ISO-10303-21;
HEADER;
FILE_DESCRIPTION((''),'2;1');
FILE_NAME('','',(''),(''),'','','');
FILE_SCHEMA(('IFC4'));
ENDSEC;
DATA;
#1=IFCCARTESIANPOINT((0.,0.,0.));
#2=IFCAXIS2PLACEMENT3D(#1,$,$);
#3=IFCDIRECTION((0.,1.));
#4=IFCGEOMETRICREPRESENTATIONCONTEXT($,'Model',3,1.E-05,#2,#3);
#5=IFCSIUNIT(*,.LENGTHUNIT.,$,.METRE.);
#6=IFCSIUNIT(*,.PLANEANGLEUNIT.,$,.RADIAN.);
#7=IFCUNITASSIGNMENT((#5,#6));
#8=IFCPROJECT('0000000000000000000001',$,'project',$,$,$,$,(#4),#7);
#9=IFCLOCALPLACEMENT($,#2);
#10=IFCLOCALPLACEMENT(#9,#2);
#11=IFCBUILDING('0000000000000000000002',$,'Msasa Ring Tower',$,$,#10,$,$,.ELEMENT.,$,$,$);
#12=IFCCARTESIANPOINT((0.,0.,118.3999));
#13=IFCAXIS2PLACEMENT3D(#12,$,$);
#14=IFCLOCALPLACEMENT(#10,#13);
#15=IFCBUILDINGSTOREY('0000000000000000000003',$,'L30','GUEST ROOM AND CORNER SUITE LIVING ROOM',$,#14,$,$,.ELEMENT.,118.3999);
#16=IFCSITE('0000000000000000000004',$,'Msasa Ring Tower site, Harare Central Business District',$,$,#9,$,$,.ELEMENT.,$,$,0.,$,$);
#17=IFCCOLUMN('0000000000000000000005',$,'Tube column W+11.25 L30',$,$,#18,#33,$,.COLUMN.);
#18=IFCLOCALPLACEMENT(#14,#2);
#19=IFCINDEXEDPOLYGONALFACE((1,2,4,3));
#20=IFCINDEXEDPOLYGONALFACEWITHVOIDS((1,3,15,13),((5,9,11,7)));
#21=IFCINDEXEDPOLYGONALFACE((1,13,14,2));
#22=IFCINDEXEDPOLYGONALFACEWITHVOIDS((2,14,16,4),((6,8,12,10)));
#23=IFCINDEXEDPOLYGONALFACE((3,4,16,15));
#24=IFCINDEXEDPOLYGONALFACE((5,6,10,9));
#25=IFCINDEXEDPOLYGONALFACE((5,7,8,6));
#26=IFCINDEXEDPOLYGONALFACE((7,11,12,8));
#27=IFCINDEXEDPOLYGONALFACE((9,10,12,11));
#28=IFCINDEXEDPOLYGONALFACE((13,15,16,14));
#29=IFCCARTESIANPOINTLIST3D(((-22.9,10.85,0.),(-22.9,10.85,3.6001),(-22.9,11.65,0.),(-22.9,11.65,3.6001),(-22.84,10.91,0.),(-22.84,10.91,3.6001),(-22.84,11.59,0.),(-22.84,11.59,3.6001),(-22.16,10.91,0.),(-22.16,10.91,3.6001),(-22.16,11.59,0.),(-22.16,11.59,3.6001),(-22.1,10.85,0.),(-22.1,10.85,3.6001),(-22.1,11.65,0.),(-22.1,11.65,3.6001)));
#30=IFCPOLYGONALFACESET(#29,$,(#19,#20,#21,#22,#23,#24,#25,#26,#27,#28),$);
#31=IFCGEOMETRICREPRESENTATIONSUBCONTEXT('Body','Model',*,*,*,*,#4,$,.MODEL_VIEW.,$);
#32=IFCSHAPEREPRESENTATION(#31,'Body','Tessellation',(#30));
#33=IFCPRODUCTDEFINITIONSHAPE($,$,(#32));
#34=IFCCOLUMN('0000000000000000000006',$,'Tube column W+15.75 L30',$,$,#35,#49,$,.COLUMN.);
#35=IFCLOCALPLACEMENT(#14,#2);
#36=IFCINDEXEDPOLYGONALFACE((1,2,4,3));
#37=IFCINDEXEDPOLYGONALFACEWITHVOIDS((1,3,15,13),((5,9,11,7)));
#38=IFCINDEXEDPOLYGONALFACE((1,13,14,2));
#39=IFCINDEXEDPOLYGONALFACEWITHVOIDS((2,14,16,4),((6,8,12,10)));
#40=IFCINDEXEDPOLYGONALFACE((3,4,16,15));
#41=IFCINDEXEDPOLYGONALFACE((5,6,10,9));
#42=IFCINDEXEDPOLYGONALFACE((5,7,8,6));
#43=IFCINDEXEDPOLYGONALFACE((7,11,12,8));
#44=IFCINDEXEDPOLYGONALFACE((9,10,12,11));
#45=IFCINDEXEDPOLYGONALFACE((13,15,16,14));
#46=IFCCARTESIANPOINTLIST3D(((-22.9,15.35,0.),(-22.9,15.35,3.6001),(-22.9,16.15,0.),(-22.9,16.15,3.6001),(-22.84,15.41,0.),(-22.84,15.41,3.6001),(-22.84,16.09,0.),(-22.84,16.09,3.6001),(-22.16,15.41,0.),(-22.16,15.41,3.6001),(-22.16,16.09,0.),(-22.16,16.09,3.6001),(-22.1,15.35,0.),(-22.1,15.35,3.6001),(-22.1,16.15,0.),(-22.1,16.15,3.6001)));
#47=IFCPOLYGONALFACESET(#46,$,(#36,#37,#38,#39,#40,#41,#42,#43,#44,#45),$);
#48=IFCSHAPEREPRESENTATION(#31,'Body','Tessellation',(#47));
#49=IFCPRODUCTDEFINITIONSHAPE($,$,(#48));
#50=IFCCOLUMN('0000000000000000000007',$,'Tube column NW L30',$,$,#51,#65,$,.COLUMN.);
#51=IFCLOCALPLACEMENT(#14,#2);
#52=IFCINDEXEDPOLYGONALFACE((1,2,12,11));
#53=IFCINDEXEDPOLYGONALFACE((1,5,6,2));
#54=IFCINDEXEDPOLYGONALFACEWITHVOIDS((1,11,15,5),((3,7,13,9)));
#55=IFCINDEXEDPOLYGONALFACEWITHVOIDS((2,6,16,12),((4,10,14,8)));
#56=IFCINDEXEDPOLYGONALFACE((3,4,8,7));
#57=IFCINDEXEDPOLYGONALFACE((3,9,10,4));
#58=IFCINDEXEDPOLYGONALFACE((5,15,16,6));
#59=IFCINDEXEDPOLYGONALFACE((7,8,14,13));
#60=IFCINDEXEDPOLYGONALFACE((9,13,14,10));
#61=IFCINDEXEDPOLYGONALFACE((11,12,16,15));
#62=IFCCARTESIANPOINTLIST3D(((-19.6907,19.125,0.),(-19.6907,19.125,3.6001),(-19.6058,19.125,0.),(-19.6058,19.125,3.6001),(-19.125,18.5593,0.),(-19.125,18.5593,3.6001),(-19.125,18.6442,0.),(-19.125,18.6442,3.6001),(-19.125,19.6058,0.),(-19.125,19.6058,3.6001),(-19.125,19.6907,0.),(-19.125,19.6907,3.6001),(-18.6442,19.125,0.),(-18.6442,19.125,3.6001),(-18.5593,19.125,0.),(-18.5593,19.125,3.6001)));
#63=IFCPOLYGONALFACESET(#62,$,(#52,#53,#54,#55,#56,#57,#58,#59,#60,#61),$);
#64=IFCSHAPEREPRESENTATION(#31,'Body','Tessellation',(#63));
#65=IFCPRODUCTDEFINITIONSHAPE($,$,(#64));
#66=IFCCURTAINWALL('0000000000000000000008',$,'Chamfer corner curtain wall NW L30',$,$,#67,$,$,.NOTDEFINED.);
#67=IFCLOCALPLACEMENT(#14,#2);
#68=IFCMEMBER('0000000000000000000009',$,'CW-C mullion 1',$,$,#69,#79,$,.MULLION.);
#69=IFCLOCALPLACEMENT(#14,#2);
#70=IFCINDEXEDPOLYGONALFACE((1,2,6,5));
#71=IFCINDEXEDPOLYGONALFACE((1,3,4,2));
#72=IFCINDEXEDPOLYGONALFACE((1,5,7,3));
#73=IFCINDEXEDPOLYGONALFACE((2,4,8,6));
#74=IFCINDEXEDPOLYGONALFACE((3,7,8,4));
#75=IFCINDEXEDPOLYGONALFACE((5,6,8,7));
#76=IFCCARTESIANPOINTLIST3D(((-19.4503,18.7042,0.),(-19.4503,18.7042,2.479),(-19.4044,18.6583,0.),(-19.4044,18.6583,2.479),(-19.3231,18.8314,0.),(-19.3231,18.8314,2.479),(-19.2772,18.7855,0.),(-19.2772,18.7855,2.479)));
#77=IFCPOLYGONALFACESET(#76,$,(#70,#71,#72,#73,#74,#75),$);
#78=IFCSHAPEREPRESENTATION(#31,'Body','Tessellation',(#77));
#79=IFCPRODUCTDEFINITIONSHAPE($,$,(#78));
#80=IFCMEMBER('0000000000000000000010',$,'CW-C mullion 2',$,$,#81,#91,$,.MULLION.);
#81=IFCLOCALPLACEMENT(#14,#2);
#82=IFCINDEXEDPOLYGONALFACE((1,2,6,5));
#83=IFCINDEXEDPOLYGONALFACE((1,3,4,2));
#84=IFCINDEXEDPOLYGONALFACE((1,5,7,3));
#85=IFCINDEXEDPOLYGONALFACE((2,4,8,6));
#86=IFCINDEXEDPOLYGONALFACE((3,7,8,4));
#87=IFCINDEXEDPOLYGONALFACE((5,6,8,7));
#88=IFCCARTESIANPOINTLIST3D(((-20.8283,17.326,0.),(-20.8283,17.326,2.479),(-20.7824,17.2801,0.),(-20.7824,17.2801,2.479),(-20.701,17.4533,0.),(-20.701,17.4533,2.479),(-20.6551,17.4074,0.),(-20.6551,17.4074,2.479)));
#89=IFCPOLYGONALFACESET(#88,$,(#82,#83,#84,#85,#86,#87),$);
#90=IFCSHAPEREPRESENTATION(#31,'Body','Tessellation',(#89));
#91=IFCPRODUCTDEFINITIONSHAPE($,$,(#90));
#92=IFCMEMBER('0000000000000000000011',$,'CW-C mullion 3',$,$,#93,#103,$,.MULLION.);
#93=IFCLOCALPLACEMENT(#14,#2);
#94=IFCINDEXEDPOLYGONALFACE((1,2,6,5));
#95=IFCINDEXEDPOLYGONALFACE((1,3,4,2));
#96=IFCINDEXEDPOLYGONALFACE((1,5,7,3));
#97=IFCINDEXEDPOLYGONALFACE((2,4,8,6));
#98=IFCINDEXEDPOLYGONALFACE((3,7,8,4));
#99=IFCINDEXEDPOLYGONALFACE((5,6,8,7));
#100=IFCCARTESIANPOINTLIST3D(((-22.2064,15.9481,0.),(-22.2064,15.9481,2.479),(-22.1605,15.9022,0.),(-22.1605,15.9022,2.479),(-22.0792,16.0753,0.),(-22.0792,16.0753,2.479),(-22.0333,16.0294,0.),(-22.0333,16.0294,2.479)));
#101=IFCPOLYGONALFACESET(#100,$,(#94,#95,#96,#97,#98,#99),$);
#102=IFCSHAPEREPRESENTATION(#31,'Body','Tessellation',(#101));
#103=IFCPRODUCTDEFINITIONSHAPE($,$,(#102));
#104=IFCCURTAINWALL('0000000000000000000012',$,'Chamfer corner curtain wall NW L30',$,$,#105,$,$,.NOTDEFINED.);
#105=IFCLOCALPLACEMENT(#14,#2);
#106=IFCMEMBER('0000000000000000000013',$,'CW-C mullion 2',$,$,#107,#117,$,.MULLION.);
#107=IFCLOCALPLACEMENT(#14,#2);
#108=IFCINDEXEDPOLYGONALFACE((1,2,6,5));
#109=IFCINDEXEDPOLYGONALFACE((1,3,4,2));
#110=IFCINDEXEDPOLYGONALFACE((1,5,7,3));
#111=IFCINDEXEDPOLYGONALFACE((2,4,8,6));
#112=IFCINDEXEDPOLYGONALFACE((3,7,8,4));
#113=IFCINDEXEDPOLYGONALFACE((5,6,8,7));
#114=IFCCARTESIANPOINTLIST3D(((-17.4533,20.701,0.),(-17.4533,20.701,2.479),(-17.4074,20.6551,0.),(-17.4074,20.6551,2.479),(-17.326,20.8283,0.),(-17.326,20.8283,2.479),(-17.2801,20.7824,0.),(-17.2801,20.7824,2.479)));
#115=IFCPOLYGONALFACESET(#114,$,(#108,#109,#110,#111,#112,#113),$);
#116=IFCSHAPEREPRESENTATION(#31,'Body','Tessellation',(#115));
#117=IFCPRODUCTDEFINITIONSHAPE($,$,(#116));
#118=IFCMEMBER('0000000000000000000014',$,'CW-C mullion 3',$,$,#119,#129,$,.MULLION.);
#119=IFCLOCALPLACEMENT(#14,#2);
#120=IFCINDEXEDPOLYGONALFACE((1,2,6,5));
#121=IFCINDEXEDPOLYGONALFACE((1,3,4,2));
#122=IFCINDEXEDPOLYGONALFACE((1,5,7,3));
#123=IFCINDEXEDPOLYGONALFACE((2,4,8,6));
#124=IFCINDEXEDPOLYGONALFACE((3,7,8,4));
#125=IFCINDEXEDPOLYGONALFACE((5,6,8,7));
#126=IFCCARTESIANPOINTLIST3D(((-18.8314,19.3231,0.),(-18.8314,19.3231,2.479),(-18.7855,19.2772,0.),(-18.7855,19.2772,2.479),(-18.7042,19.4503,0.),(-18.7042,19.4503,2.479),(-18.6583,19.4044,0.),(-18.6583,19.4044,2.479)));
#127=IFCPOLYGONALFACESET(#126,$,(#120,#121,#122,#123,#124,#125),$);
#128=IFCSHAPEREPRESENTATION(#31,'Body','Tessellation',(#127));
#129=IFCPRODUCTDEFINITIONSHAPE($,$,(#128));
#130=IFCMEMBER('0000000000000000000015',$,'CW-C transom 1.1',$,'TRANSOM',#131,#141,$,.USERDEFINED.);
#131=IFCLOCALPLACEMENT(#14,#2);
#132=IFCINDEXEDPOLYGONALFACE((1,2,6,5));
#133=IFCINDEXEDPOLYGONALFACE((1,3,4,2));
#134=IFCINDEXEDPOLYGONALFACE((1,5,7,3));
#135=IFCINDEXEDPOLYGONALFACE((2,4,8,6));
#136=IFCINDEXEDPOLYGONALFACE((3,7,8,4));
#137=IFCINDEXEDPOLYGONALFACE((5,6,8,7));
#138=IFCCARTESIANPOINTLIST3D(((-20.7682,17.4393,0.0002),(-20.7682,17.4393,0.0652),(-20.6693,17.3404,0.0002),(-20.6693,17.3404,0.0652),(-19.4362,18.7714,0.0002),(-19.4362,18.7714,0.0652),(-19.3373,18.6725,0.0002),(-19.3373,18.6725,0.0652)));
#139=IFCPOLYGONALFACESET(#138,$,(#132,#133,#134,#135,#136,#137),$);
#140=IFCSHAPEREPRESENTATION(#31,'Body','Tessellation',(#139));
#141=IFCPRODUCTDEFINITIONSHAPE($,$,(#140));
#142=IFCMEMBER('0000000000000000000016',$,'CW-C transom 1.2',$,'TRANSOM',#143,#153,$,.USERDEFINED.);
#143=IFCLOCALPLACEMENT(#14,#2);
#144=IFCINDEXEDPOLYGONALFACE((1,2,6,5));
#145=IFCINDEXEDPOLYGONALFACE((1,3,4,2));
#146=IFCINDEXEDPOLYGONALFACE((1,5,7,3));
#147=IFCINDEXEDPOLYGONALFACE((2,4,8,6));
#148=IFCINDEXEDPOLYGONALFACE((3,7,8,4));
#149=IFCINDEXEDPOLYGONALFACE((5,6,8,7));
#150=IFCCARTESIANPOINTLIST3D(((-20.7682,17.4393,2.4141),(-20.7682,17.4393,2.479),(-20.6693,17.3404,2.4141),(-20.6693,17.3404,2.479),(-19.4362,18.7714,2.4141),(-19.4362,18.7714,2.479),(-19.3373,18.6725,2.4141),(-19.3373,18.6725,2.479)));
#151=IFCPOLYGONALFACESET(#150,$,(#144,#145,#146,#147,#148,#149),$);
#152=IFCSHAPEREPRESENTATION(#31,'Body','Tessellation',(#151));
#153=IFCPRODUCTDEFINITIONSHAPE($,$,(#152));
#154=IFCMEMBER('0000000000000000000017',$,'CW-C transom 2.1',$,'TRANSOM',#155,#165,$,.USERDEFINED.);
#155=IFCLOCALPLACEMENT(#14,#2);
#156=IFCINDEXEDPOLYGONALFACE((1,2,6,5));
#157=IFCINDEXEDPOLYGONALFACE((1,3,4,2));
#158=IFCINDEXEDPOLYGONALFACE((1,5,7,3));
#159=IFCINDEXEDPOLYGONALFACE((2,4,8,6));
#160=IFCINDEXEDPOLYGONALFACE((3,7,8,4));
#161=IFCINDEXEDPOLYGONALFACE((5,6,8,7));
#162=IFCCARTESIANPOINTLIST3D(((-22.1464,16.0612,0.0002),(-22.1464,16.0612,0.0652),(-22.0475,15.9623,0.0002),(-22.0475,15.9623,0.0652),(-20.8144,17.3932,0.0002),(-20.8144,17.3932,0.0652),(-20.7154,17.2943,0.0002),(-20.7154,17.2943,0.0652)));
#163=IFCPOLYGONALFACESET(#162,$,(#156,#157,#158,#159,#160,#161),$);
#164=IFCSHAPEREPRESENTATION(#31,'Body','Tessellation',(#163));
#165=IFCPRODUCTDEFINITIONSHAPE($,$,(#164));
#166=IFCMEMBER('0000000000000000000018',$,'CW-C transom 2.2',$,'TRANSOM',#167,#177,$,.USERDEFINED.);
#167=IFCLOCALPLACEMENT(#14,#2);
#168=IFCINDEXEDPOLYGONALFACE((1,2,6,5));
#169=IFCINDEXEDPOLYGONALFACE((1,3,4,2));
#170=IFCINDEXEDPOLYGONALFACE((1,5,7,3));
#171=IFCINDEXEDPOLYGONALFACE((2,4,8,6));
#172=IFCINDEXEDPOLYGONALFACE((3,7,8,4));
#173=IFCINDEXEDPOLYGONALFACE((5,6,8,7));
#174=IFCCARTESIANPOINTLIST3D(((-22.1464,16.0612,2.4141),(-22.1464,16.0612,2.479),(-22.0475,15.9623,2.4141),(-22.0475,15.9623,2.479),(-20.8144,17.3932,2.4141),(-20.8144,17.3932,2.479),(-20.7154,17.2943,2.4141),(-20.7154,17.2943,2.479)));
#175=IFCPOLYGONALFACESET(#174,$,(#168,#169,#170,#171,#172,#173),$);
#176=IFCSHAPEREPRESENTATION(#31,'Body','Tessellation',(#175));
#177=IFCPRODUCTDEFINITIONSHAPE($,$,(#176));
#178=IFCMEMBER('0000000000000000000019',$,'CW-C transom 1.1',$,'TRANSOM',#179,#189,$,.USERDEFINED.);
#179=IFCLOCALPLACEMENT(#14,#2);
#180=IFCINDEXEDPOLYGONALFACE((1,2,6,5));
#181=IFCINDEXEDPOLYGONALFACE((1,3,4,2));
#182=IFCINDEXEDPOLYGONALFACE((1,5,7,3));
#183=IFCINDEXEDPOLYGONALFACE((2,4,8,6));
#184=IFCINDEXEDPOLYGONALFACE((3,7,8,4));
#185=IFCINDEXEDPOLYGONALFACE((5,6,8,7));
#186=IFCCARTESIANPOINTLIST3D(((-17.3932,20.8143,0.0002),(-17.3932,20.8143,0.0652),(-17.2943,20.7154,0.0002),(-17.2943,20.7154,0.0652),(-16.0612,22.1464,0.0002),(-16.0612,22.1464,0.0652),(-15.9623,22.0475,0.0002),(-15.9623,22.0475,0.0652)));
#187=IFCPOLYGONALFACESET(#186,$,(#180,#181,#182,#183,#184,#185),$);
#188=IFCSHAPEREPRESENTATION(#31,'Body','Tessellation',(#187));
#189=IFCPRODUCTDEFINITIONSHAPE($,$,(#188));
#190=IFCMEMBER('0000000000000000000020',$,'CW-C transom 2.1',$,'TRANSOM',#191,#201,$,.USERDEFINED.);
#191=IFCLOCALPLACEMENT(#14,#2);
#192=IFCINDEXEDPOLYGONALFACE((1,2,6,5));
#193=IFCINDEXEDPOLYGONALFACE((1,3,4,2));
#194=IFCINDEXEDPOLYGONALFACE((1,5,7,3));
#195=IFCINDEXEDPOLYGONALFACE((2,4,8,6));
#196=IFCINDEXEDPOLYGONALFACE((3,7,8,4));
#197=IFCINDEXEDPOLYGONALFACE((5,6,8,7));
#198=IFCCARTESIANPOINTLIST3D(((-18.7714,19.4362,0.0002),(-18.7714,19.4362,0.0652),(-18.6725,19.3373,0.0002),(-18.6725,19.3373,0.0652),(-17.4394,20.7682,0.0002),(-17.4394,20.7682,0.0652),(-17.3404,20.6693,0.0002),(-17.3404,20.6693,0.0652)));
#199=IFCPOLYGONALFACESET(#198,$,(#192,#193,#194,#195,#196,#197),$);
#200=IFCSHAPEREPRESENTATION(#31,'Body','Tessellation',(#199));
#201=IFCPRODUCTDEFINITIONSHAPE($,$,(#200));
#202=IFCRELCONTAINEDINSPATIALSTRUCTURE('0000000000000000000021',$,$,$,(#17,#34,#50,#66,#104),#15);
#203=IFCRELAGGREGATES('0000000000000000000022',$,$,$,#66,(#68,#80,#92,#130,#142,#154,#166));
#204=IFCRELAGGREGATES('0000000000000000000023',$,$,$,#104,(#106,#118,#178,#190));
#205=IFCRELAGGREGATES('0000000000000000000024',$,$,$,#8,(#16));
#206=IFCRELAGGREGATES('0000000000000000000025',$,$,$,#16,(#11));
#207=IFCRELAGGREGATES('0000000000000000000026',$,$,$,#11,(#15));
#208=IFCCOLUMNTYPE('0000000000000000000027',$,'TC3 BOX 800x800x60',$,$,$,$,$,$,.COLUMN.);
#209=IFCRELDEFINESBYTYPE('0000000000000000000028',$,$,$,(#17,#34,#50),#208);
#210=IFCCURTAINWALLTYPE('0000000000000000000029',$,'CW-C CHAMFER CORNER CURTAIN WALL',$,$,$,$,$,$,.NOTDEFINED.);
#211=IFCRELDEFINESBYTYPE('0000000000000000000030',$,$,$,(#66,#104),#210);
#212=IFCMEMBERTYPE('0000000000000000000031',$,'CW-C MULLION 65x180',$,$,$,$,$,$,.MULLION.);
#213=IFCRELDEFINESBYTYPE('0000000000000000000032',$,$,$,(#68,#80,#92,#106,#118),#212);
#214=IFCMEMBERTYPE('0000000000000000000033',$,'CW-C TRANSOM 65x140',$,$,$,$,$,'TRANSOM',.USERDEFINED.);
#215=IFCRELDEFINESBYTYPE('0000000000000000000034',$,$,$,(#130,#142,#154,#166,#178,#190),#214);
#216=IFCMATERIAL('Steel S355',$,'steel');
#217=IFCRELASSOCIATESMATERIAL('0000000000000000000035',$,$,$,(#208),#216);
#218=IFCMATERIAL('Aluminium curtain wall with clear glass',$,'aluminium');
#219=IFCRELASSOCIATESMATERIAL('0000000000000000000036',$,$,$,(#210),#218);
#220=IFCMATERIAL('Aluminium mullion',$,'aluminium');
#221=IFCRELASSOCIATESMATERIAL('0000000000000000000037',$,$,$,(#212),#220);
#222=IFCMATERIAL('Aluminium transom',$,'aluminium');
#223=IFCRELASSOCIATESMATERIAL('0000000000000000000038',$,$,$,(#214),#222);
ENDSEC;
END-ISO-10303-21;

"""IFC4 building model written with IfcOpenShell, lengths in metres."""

from ifc_helpers import new_model, si_unit, direction, frame, origin, origin_2d, place, context, subcontext, project, spatial, rectangle, hollow_rectangle, extrude, material, material_profile, profile_set, type_object, element, aggregate, save


model = new_model("IFC4")

# Units and contexts
model_context = context("Model", 3, precision=1e-05, world=origin(), true_north=direction((0.0, 1.0)))
body_context = subcontext(model_context, "Body", "Model", "MODEL_VIEW")
ifc_project = project(units=[si_unit("LENGTHUNIT", "METRE"), si_unit("PLANEANGLEUNIT", "RADIAN")], contexts=[model_context])

# Site, building, storey
site_placement = place(None, origin())
site = spatial("IfcSite", under=ifc_project, at=site_placement, Name="Msasa Ring Tower site, Harare Central Business District", CompositionType="ELEMENT", RefElevation=0.0)
building_placement = place(site_placement, origin())
building = spatial("IfcBuilding", under=site, at=building_placement, Name="Msasa Ring Tower", CompositionType="ELEMENT")
storey_placement = place(building_placement, frame((0.0, 0.0, 118.3999)))
storey = spatial("IfcBuildingStorey", under=building, at=storey_placement, Name="L30", Description="GUEST ROOM AND CORNER SUITE LIVING ROOM", CompositionType="ELEMENT", Elevation=118.3999)

# Columns
ifc_material_1 = material(Name="Steel S355", Category="steel")
ifc_material_profile_1 = material_profile(ifc_material_1, hollow_rectangle(XDim=0.8, YDim=0.8, WallThickness=0.0601, at=origin_2d()), Name="BOX 800x800x60")
ifc_profile_set_1 = profile_set([ifc_material_profile_1], Name="Steel S355")
column_type = type_object("IfcColumnType", Name="TC3 BOX 800x800x60", PredefinedType="COLUMN", material=ifc_profile_set_1)
for number, where, z_axis, x_axis, name in (
    (1, (-22.5, 11.25, 0.0), (0.0, 0.0, 1.0), (1.0, 0.0, 0.0), "Tube column W+11.25 L30"),
    (2, (-22.5, 15.75, 0.0), (0.0, 0.0, 1.0), (1.0, 0.0, 0.0), "Tube column W+15.75 L30"),
    (3, (-19.125, 19.125, 0.0), (0.0, 0.0, 1.0), (0.707107, -0.707107, 0.0), "Tube column NW L30"),
):
    element("IfcColumn", number, at=place(storey_placement, frame(where, z_axis=z_axis, x_axis=x_axis)), inside=storey, type_object=column_type, Name=name, PredefinedType="COLUMN", context=body_context, shape_type="SweptSolid", body=[
        extrude(hollow_rectangle(XDim=0.8, YDim=0.8, WallThickness=0.0601, at=origin_2d()), origin(), (0.0, 0.0, 1.0), 3.6001),
    ])

# Curtain walls, members
ifc_material_2 = material(Name="Aluminium curtain wall with clear glass", Category="aluminium")
curtain_wall_type = type_object("IfcCurtainWallType", Name="CW-C CHAMFER CORNER CURTAIN WALL", PredefinedType="NOTDEFINED", material=ifc_material_2)
curtain_wall_1_placement = place(storey_placement, origin())
curtain_wall_1 = element("IfcCurtainWall", 4, at=curtain_wall_1_placement, inside=storey, type_object=curtain_wall_type, Name="Chamfer corner curtain wall NW L30", PredefinedType="NOTDEFINED")
ifc_material_3 = material(Name="Aluminium mullion", Category="aluminium")
ifc_material_profile_2 = material_profile(ifc_material_3, rectangle(XDim=0.0649, YDim=0.1799, at=origin_2d()), Name="AL 65x180")
ifc_profile_set_2 = profile_set([ifc_material_profile_2], Name="Aluminium mullion")
member_type_1 = type_object("IfcMemberType", Name="CW-C MULLION 65x180", PredefinedType="MULLION", material=ifc_profile_set_2)
member_1_placement = place(storey_placement, frame((-19.3638, 18.7449, 0.0), z_axis=(0.0, 0.0, 1.0), x_axis=(0.707107, -0.707107, 0.0)))
member_1 = element("IfcMember", 5, at=member_1_placement, type_object=member_type_1, Name="CW-C mullion 1", PredefinedType="MULLION", context=body_context, shape_type="SweptSolid", body=[
    extrude(rectangle(XDim=0.0649, YDim=0.1799, at=origin_2d()), origin(), (0.0, 0.0, 1.0), 2.479),
])
member_2_placement = place(storey_placement, frame((-20.7417, 17.3667, 0.0), z_axis=(0.0, 0.0, 1.0), x_axis=(0.707107, -0.707107, 0.0)))
member_2 = element("IfcMember", 6, at=member_2_placement, type_object=member_type_1, Name="CW-C mullion 2", PredefinedType="MULLION", context=body_context, shape_type="SweptSolid", body=[
    extrude(rectangle(XDim=0.0649, YDim=0.1799, at=origin_2d()), origin(), (0.0, 0.0, 1.0), 2.479),
])
member_3_placement = place(storey_placement, frame((-22.1199, 15.9888, 0.0), z_axis=(0.0, 0.0, 1.0), x_axis=(0.707107, -0.707107, 0.0)))
member_3 = element("IfcMember", 7, at=member_3_placement, type_object=member_type_1, Name="CW-C mullion 3", PredefinedType="MULLION", context=body_context, shape_type="SweptSolid", body=[
    extrude(rectangle(XDim=0.0649, YDim=0.1799, at=origin_2d()), origin(), (0.0, 0.0, 1.0), 2.479),
])
curtain_wall_2_placement = place(storey_placement, origin())
curtain_wall_2 = element("IfcCurtainWall", 8, at=curtain_wall_2_placement, inside=storey, type_object=curtain_wall_type, Name="Chamfer corner curtain wall NW L30", PredefinedType="NOTDEFINED")
member_4_placement = place(storey_placement, frame((-17.3667, 20.7417, 0.0), z_axis=(0.0, 0.0, 1.0), x_axis=(0.707107, -0.707107, 0.0)))
member_4 = element("IfcMember", 9, at=member_4_placement, type_object=member_type_1, Name="CW-C mullion 2", PredefinedType="MULLION", context=body_context, shape_type="SweptSolid", body=[
    extrude(rectangle(XDim=0.0649, YDim=0.1799, at=origin_2d()), origin(), (0.0, 0.0, 1.0), 2.479),
])
member_5_placement = place(storey_placement, frame((-18.7449, 19.3638, 0.0), z_axis=(0.0, 0.0, 1.0), x_axis=(0.707107, -0.707107, 0.0)))
member_5 = element("IfcMember", 10, at=member_5_placement, type_object=member_type_1, Name="CW-C mullion 3", PredefinedType="MULLION", context=body_context, shape_type="SweptSolid", body=[
    extrude(rectangle(XDim=0.0649, YDim=0.1799, at=origin_2d()), origin(), (0.0, 0.0, 1.0), 2.479),
])

# Members
ifc_material_4 = material(Name="Aluminium transom", Category="aluminium")
ifc_material_profile_3 = material_profile(ifc_material_4, rectangle(XDim=0.1399, YDim=0.0649, at=origin_2d()), Name="AL 65x140")
ifc_profile_set_3 = profile_set([ifc_material_profile_3], Name="Aluminium transom")
member_type_2 = type_object("IfcMemberType", Name="CW-C TRANSOM 65x140", ElementType="TRANSOM", PredefinedType="USERDEFINED", material=ifc_profile_set_3)
member_6_placement = place(storey_placement, frame((-19.3867, 18.7219, 0.0327), z_axis=(-0.707107, -0.707107, 0.0), x_axis=(0.707107, -0.707107, 0.0)))
member_6 = element("IfcMember", 11, at=member_6_placement, type_object=member_type_2, Name="CW-C transom 1.1", ObjectType="TRANSOM", PredefinedType="USERDEFINED", context=body_context, shape_type="SweptSolid", body=[
    extrude(rectangle(XDim=0.1399, YDim=0.0649, at=origin_2d()), origin(), (0.0, 0.0, 1.0), 1.8838),
])
member_7_placement = place(storey_placement, frame((-19.3867, 18.7219, 2.4465), z_axis=(-0.707107, -0.707107, 0.0), x_axis=(0.707107, -0.707107, 0.0)))
member_7 = element("IfcMember", 12, at=member_7_placement, type_object=member_type_2, Name="CW-C transom 1.2", ObjectType="TRANSOM", PredefinedType="USERDEFINED", context=body_context, shape_type="SweptSolid", body=[
    extrude(rectangle(XDim=0.1399, YDim=0.0649, at=origin_2d()), origin(), (0.0, 0.0, 1.0), 1.8838),
])
member_8_placement = place(storey_placement, frame((-20.7649, 17.3438, 0.0327), z_axis=(-0.707107, -0.707107, 0.0), x_axis=(0.707107, -0.707107, 0.0)))
member_8 = element("IfcMember", 13, at=member_8_placement, type_object=member_type_2, Name="CW-C transom 2.1", ObjectType="TRANSOM", PredefinedType="USERDEFINED", context=body_context, shape_type="SweptSolid", body=[
    extrude(rectangle(XDim=0.1399, YDim=0.0649, at=origin_2d()), origin(), (0.0, 0.0, 1.0), 1.8838),
])
member_9_placement = place(storey_placement, frame((-20.7649, 17.3438, 2.4465), z_axis=(-0.707107, -0.707107, 0.0), x_axis=(0.707107, -0.707107, 0.0)))
member_9 = element("IfcMember", 14, at=member_9_placement, type_object=member_type_2, Name="CW-C transom 2.2", ObjectType="TRANSOM", PredefinedType="USERDEFINED", context=body_context, shape_type="SweptSolid", body=[
    extrude(rectangle(XDim=0.1399, YDim=0.0649, at=origin_2d()), origin(), (0.0, 0.0, 1.0), 1.8838),
])
member_10_placement = place(storey_placement, frame((-16.0117, 22.0969, 0.0327), z_axis=(-0.707107, -0.707107, 0.0), x_axis=(0.707107, -0.707107, 0.0)))
member_10 = element("IfcMember", 15, at=member_10_placement, type_object=member_type_2, Name="CW-C transom 1.1", ObjectType="TRANSOM", PredefinedType="USERDEFINED", context=body_context, shape_type="SweptSolid", body=[
    extrude(rectangle(XDim=0.1399, YDim=0.0649, at=origin_2d()), origin(), (0.0, 0.0, 1.0), 1.8838),
])
member_11_placement = place(storey_placement, frame((-17.3899, 20.7188, 0.0327), z_axis=(-0.707107, -0.707107, 0.0), x_axis=(0.707107, -0.707107, 0.0)))
member_11 = element("IfcMember", 16, at=member_11_placement, type_object=member_type_2, Name="CW-C transom 2.1", ObjectType="TRANSOM", PredefinedType="USERDEFINED", context=body_context, shape_type="SweptSolid", body=[
    extrude(rectangle(XDim=0.1399, YDim=0.0649, at=origin_2d()), origin(), (0.0, 0.0, 1.0), 1.8838),
])

aggregate(curtain_wall_1, [member_1, member_2, member_3, member_6, member_7, member_8, member_9])
aggregate(curtain_wall_2, [member_4, member_5, member_10, member_11])

save(model, "model.ifc")
